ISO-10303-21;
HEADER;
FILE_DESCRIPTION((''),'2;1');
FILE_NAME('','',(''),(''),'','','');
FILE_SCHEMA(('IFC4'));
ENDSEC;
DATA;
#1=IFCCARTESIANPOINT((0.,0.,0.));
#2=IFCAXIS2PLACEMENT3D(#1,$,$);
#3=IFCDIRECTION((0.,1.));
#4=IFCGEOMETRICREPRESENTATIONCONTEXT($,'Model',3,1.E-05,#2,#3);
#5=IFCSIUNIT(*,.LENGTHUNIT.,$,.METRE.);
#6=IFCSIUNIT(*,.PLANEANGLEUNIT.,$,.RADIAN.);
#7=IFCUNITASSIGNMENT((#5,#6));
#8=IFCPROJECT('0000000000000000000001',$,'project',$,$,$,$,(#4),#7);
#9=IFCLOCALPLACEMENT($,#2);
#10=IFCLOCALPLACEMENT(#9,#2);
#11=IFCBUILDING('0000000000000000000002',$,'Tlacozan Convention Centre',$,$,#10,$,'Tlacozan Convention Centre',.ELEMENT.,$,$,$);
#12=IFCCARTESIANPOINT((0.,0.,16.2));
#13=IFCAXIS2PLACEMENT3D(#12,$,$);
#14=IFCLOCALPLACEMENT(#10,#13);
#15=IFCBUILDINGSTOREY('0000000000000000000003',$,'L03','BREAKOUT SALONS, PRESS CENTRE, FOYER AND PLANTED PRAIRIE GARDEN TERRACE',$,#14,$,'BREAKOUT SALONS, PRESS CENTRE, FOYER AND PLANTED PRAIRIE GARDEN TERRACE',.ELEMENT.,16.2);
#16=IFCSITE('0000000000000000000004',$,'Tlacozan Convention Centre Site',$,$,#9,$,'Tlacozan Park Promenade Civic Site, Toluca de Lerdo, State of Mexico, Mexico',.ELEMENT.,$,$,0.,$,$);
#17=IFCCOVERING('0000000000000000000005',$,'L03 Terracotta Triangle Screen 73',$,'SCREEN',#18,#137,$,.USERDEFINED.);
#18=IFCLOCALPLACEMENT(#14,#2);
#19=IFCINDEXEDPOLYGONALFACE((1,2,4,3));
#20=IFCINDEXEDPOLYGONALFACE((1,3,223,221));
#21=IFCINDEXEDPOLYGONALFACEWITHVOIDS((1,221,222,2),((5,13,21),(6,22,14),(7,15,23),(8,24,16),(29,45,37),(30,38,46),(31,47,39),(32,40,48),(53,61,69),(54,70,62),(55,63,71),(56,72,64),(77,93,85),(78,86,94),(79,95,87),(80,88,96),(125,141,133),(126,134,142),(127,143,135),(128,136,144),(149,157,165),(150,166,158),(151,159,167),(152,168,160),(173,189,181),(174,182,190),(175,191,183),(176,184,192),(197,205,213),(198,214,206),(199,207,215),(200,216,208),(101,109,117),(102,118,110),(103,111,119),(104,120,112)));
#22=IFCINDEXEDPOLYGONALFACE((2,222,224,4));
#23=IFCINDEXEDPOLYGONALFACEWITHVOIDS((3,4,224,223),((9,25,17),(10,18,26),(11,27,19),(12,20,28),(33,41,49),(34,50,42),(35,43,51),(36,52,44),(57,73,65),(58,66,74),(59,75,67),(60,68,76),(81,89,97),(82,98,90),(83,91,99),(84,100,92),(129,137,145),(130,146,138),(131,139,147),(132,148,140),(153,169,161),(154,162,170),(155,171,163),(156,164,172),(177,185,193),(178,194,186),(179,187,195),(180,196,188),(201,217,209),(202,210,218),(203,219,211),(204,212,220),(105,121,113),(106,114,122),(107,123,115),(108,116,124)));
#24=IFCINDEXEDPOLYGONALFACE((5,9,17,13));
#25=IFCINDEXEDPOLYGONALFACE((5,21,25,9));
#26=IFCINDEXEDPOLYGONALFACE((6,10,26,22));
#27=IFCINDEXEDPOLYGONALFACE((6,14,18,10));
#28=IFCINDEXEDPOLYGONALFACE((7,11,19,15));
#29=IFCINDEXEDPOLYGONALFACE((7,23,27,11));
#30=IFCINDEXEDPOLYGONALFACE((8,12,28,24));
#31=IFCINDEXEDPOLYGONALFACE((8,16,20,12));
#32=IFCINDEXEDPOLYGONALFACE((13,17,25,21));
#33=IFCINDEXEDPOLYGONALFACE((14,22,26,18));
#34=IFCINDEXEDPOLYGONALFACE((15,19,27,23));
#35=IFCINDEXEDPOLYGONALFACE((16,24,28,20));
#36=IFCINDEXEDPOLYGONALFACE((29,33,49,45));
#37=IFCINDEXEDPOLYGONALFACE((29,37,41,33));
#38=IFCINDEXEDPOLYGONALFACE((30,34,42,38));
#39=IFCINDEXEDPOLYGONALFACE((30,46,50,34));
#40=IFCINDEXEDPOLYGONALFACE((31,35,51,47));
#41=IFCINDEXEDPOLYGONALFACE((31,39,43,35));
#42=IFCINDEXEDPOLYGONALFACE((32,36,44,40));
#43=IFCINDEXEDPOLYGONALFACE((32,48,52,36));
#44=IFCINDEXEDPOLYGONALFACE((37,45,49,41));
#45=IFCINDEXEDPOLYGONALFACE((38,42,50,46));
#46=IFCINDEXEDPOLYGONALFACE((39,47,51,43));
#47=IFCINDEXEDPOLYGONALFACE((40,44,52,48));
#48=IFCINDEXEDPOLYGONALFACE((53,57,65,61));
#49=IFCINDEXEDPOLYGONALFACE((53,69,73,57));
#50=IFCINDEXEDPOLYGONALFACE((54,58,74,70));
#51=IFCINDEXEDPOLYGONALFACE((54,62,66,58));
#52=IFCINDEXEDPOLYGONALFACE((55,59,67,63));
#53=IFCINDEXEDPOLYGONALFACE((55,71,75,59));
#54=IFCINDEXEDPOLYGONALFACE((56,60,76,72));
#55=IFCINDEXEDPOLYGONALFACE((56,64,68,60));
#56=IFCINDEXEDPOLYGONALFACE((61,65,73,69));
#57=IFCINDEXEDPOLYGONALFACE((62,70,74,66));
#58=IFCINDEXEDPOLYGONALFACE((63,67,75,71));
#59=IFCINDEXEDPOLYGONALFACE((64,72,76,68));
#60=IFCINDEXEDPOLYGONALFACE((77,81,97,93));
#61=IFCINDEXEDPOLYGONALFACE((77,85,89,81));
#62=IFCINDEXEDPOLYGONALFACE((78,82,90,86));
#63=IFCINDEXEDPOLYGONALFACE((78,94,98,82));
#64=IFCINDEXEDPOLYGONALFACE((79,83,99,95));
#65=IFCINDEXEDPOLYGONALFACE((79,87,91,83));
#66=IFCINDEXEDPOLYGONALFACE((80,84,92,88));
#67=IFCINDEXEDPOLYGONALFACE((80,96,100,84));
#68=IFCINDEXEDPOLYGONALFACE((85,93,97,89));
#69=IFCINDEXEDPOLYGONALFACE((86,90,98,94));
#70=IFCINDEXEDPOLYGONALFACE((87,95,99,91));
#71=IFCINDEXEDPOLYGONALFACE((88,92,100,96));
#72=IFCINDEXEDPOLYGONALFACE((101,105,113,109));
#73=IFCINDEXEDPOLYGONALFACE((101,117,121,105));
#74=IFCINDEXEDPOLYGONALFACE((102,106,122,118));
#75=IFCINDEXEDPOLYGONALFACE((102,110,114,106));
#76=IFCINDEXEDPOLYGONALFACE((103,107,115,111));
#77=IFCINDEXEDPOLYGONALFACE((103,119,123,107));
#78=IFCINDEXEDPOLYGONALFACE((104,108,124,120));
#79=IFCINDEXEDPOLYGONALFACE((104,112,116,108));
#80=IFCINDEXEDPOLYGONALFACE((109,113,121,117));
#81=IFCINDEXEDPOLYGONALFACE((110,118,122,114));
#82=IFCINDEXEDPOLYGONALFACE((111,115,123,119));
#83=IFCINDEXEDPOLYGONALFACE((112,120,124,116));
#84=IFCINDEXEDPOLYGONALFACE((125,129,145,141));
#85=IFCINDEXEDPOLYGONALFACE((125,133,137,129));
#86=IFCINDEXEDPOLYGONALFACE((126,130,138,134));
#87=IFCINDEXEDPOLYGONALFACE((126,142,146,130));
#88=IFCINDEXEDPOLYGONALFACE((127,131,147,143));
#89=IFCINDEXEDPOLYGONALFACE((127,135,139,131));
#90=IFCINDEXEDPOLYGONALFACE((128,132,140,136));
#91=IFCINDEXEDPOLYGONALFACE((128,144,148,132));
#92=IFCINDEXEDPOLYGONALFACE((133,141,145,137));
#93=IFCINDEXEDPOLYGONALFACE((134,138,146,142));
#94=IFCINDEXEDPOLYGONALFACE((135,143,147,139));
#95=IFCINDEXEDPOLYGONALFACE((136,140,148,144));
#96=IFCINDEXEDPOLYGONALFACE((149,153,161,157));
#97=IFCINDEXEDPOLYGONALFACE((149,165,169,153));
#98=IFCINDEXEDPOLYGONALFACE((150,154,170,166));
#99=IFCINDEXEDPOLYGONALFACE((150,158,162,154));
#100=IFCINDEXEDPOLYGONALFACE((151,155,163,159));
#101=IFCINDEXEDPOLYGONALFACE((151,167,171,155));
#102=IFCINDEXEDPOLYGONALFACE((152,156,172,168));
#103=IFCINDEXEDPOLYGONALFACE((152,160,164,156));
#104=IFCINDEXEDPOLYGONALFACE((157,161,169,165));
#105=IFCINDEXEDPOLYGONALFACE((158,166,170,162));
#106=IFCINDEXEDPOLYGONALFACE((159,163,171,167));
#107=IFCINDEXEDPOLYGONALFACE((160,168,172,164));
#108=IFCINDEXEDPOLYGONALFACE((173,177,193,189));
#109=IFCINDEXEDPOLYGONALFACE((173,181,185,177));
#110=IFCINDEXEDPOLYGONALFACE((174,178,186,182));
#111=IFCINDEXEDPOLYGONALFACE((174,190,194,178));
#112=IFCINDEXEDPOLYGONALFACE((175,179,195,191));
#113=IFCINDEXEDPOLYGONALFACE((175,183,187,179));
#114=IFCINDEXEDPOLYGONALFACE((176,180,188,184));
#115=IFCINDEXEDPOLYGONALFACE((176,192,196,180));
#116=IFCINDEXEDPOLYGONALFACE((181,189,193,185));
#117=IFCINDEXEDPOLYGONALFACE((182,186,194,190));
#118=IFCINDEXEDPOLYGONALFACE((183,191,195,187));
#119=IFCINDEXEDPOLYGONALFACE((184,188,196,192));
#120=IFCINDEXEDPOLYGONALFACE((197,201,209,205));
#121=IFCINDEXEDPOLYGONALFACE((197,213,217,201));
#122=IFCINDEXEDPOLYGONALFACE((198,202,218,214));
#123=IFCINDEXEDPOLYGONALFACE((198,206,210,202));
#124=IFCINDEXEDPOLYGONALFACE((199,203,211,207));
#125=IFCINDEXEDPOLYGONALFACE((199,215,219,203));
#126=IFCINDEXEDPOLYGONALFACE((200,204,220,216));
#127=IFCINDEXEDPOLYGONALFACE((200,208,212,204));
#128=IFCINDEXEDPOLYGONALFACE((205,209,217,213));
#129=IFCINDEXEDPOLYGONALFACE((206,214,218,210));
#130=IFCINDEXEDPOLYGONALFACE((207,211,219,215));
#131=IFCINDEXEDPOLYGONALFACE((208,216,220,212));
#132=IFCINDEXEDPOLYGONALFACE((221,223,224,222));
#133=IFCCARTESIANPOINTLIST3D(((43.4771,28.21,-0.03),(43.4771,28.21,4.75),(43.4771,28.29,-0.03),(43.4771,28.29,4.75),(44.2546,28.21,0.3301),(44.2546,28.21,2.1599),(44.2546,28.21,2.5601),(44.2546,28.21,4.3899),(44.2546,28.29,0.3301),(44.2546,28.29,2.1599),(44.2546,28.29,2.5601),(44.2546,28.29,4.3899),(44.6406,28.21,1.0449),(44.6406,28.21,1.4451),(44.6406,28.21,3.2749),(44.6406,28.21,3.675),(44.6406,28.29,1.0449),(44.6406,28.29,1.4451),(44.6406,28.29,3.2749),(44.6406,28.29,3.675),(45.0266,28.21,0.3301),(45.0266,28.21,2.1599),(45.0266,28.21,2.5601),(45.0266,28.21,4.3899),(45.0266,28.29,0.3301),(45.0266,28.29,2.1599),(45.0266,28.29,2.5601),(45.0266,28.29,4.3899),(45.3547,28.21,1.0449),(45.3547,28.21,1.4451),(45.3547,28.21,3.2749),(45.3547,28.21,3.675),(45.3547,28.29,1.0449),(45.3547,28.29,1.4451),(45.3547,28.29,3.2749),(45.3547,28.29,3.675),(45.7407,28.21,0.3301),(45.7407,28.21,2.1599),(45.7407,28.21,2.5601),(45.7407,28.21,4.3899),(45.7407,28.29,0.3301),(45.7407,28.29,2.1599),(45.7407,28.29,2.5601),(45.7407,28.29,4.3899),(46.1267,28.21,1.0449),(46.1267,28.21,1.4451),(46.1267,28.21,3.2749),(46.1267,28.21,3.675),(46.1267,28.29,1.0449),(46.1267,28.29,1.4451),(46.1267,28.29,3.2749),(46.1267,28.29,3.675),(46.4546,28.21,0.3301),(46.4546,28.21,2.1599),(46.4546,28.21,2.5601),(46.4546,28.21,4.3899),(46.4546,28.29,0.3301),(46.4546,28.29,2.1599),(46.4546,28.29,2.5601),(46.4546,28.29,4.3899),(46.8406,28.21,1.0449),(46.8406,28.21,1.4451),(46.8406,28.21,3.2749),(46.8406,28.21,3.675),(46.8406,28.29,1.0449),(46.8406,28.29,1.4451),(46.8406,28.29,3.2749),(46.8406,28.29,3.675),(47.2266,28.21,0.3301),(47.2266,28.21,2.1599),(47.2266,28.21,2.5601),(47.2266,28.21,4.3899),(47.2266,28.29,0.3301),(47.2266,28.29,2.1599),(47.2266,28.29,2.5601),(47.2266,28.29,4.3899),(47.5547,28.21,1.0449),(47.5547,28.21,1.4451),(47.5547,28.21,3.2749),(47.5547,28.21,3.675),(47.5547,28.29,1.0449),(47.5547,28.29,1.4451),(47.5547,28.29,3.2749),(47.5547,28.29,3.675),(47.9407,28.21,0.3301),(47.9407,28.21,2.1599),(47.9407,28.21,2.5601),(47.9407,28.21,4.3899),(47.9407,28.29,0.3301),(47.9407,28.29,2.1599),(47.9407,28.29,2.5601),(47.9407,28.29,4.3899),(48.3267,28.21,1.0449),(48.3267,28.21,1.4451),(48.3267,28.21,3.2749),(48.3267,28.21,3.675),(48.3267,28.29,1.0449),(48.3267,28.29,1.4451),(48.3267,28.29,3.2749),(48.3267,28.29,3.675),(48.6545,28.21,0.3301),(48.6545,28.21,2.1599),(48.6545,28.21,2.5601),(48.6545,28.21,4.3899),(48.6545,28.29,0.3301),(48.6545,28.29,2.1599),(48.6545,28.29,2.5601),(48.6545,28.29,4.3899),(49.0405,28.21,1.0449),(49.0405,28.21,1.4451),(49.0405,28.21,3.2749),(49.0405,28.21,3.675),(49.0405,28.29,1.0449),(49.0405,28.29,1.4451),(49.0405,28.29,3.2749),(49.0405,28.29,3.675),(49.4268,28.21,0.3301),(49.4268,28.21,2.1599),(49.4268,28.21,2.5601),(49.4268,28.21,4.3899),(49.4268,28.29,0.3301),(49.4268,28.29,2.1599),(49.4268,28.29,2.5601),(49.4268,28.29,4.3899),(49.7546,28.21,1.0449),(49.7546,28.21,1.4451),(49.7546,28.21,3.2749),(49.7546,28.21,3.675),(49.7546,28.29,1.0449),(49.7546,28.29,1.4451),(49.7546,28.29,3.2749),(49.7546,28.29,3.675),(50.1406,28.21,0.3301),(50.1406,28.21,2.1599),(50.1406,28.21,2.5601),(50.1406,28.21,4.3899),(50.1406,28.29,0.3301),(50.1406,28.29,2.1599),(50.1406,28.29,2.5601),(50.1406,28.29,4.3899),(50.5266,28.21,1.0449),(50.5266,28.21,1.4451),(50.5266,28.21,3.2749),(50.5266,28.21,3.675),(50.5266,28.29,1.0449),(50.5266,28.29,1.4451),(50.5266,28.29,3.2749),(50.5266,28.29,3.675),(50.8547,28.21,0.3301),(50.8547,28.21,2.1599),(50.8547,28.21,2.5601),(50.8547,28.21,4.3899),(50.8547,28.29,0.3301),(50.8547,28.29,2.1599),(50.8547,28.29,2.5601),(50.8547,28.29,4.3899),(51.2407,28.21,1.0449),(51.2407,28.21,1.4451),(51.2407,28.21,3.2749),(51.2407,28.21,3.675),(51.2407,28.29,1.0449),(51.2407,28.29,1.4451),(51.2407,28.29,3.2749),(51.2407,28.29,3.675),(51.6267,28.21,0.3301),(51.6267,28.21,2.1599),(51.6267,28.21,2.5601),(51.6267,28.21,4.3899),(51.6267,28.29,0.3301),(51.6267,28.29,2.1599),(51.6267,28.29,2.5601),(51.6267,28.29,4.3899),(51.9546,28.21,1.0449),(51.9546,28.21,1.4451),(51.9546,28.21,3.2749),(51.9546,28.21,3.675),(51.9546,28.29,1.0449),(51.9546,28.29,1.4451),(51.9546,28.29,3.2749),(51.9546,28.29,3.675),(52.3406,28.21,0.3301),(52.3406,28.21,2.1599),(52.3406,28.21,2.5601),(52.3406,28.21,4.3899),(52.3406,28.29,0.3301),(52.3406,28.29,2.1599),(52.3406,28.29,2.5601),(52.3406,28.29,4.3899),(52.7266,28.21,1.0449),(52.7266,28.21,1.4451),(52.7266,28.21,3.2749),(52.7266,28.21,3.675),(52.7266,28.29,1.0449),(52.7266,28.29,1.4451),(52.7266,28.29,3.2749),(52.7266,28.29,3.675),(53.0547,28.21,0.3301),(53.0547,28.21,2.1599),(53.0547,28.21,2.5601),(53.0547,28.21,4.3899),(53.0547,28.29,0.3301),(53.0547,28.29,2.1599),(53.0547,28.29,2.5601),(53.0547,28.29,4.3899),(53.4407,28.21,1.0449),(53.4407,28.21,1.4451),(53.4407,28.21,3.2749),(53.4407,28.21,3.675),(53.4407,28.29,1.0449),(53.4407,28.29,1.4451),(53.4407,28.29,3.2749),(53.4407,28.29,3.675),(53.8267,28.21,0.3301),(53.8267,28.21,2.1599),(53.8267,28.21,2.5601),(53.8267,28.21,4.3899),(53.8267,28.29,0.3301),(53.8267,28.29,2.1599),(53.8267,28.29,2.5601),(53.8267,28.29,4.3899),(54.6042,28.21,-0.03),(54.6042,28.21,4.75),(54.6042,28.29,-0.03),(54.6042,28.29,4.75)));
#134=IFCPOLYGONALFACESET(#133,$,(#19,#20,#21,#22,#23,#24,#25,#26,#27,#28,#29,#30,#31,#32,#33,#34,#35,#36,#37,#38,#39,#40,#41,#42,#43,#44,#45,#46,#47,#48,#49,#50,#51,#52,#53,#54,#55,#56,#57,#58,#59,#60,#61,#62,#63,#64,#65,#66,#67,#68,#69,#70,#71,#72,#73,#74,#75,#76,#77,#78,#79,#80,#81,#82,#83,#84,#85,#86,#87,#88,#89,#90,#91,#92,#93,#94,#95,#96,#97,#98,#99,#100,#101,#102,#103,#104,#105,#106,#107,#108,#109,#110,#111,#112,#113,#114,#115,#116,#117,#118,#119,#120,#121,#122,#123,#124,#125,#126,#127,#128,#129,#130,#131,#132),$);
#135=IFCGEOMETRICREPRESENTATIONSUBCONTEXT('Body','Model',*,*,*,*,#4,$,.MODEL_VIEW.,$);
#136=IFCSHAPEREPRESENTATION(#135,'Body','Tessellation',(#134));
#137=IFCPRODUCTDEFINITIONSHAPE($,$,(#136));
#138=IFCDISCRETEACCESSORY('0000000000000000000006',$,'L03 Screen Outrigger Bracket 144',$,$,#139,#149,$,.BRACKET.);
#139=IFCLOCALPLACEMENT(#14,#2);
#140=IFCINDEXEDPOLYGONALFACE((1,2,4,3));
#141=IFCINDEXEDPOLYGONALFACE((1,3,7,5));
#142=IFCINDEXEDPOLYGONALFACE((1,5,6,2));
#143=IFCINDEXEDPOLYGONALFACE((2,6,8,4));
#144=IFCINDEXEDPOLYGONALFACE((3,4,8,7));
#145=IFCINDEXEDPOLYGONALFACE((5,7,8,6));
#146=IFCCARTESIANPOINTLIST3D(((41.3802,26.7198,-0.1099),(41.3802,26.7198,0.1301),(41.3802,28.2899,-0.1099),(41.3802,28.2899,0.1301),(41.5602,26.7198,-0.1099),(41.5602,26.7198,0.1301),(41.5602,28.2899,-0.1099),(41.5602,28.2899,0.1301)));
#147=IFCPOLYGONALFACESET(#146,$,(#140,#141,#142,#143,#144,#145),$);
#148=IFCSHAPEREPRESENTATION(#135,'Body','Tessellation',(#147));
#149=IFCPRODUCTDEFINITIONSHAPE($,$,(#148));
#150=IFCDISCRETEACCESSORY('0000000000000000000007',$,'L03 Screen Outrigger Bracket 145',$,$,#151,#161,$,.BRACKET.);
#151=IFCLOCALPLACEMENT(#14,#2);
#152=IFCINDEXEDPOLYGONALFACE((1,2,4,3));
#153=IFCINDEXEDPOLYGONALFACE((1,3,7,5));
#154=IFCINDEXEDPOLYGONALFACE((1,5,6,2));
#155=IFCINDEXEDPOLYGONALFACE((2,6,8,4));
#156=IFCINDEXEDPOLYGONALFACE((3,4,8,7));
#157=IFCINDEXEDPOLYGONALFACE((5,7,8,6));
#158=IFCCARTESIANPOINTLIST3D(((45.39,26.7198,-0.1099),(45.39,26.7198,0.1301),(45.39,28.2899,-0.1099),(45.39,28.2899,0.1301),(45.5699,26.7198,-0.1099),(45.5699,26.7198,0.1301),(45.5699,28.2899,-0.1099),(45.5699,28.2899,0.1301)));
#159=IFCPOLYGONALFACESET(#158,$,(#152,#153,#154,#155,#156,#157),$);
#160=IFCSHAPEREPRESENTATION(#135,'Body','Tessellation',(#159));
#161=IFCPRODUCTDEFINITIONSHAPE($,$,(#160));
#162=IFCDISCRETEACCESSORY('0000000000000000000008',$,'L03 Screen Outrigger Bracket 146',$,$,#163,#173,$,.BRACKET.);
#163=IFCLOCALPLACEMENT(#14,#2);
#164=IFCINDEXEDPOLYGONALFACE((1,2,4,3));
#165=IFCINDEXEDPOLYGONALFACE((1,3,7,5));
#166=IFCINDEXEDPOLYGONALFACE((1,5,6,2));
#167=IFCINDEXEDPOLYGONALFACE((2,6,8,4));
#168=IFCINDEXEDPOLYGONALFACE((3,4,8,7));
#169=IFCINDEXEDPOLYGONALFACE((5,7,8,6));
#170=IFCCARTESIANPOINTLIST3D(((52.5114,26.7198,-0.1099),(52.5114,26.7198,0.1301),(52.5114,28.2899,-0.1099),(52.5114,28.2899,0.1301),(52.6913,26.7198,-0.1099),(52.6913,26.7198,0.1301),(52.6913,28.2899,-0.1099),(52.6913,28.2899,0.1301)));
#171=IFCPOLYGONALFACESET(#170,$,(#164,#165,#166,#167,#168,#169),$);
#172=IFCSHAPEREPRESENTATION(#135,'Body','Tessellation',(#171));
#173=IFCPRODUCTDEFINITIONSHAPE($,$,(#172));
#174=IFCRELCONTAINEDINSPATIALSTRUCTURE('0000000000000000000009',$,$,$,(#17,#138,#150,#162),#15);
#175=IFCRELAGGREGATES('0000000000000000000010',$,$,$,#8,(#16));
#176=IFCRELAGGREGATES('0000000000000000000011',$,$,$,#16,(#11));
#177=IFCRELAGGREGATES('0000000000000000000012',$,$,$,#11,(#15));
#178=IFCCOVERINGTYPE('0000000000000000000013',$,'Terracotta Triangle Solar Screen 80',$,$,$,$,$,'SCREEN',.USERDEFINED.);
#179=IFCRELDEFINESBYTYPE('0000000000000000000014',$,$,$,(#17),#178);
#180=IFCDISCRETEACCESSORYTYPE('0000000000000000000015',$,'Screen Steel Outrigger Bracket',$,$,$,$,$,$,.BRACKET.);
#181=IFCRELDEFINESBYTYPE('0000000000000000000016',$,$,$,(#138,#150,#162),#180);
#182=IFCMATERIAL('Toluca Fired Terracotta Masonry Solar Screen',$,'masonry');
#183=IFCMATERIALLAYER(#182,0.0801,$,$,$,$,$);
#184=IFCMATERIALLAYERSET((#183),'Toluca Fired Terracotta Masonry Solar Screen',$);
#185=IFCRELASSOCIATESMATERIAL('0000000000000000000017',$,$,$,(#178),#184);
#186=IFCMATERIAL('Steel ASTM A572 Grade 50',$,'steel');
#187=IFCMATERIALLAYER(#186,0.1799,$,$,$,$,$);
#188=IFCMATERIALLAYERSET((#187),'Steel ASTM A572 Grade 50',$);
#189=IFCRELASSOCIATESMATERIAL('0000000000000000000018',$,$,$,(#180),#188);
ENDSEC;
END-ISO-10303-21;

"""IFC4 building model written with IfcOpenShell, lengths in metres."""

from ifc_helpers import new_model, si_unit, direction, frame, origin, origin_2d, place, context, subcontext, project, spatial, polyline, rectangle, outline, extrude, material, layer, layer_set, type_object, element, save


model = new_model("IFC4")

# Units and contexts
model_context = context("Model", 3, precision=1e-05, world=origin(), true_north=direction((0.0, 1.0)))
body_context = subcontext(model_context, "Body", "Model", "MODEL_VIEW")
ifc_project = project(units=[si_unit("LENGTHUNIT", "METRE"), si_unit("PLANEANGLEUNIT", "RADIAN")], contexts=[model_context])

# Site, building, storey
site_placement = place(None, origin())
site = spatial("IfcSite", under=ifc_project, at=site_placement, Name="Tlacozan Convention Centre Site", LongName="Tlacozan Park Promenade Civic Site, Toluca de Lerdo, State of Mexico, Mexico", CompositionType="ELEMENT", RefElevation=0.0)
building_placement = place(site_placement, origin())
building = spatial("IfcBuilding", under=site, at=building_placement, Name="Tlacozan Convention Centre", LongName="Tlacozan Convention Centre", CompositionType="ELEMENT")
storey_placement = place(building_placement, frame((0.0, 0.0, 16.2)))
storey = spatial("IfcBuildingStorey", under=building, at=storey_placement, Name="L03", Description="BREAKOUT SALONS, PRESS CENTRE, FOYER AND PLANTED PRAIRIE GARDEN TERRACE", LongName="BREAKOUT SALONS, PRESS CENTRE, FOYER AND PLANTED PRAIRIE GARDEN TERRACE", CompositionType="ELEMENT", Elevation=16.2)

# Covering
ifc_material_1 = material(Name="Toluca Fired Terracotta Masonry Solar Screen", Category="masonry")
ifc_layer_1 = layer(ifc_material_1, 0.0801)
ifc_layer_set_1 = layer_set([ifc_layer_1], Name="Toluca Fired Terracotta Masonry Solar Screen")
covering_type = type_object("IfcCoveringType", Name="Terracotta Triangle Solar Screen 80", ElementType="SCREEN", PredefinedType="USERDEFINED", material=ifc_layer_set_1)
covering_placement = place(storey_placement, frame((43.4771, 28.25, -0.03), z_axis=(0.0, 0.0, 1.0), x_axis=(1.0, 0.0, 0.0)))
element("IfcCovering", 1, at=covering_placement, inside=storey, type_object=covering_type, Name="L03 Terracotta Triangle Screen 73", ObjectType="SCREEN", PredefinedType="USERDEFINED", context=body_context, shape_type="SweptSolid", body=[
    extrude(outline(polyline([(0.0, 0.0), (11.1272, 0.0), (11.1272, 4.78), (0.0, 4.78), (0.0, 0.0)]), holes=[polyline([(0.7776, 0.3601), (1.5496, 0.3601), (1.1636, 1.075), (0.7776, 0.3601)]), polyline([(1.8777, 1.075), (2.6497, 1.075), (2.2637, 0.3601), (1.8777, 1.075)]), polyline([(2.9775, 0.3601), (3.7495, 0.3601), (3.3635, 1.075), (2.9775, 0.3601)]), polyline([(4.0776, 1.075), (4.8496, 1.075), (4.4636, 0.3601), (4.0776, 1.075)]), polyline([(5.1775, 0.3601), (5.9497, 0.3601), (5.5635, 1.075), (5.1775, 0.3601)]), polyline([(6.2776, 1.075), (7.0496, 1.075), (6.6636, 0.3601), (6.2776, 1.075)]), polyline([(7.3777, 0.3601), (8.1497, 0.3601), (7.7637, 1.075), (7.3777, 0.3601)]), polyline([(8.4775, 1.075), (9.2495, 1.075), (8.8635, 0.3601), (8.4775, 1.075)]), polyline([(9.5776, 0.3601), (10.3496, 0.3601), (9.9636, 1.075), (9.5776, 0.3601)]), polyline([(0.7776, 2.1899), (1.5496, 2.1899), (1.1636, 1.4751), (0.7776, 2.1899)]), polyline([(1.8777, 1.4751), (2.6497, 1.4751), (2.2637, 2.1899), (1.8777, 1.4751)]), polyline([(2.9775, 2.1899), (3.7495, 2.1899), (3.3635, 1.4751), (2.9775, 2.1899)]), polyline([(4.0776, 1.4751), (4.8496, 1.4751), (4.4636, 2.1899), (4.0776, 1.4751)]), polyline([(5.1775, 2.1899), (5.9497, 2.1899), (5.5635, 1.4751), (5.1775, 2.1899)]), polyline([(6.2776, 1.4751), (7.0496, 1.4751), (6.6636, 2.1899), (6.2776, 1.4751)]), polyline([(7.3777, 2.1899), (8.1497, 2.1899), (7.7637, 1.4751), (7.3777, 2.1899)]), polyline([(8.4775, 1.4751), (9.2495, 1.4751), (8.8635, 2.1899), (8.4775, 1.4751)]), polyline([(9.5776, 2.1899), (10.3496, 2.1899), (9.9636, 1.4751), (9.5776, 2.1899)]), polyline([(0.7776, 2.5901), (1.5496, 2.5901), (1.1636, 3.3049), (0.7776, 2.5901)]), polyline([(1.8777, 3.3049), (2.6497, 3.3049), (2.2637, 2.5901), (1.8777, 3.3049)]), polyline([(2.9775, 2.5901), (3.7495, 2.5901), (3.3635, 3.3049), (2.9775, 2.5901)]), polyline([(4.0776, 3.3049), (4.8496, 3.3049), (4.4636, 2.5901), (4.0776, 3.3049)]), polyline([(5.1775, 2.5901), (5.9497, 2.5901), (5.5635, 3.3049), (5.1775, 2.5901)]), polyline([(6.2776, 3.3049), (7.0496, 3.3049), (6.6636, 2.5901), (6.2776, 3.3049)]), polyline([(7.3777, 2.5901), (8.1497, 2.5901), (7.7637, 3.3049), (7.3777, 2.5901)]), polyline([(8.4775, 3.3049), (9.2495, 3.3049), (8.8635, 2.5901), (8.4775, 3.3049)]), polyline([(9.5776, 2.5901), (10.3496, 2.5901), (9.9636, 3.3049), (9.5776, 2.5901)]), polyline([(0.7776, 4.4199), (1.5496, 4.4199), (1.1636, 3.7051), (0.7776, 4.4199)]), polyline([(1.8777, 3.7051), (2.6497, 3.7051), (2.2637, 4.4199), (1.8777, 3.7051)]), polyline([(2.9775, 4.4199), (3.7495, 4.4199), (3.3635, 3.7051), (2.9775, 4.4199)]), polyline([(4.0776, 3.7051), (4.8496, 3.7051), (4.4636, 4.4199), (4.0776, 3.7051)]), polyline([(5.1775, 4.4199), (5.9497, 4.4199), (5.5635, 3.7051), (5.1775, 4.4199)]), polyline([(6.2776, 3.7051), (7.0496, 3.7051), (6.6636, 4.4199), (6.2776, 3.7051)]), polyline([(7.3777, 4.4199), (8.1497, 4.4199), (7.7637, 3.7051), (7.3777, 4.4199)]), polyline([(8.4775, 3.7051), (9.2495, 3.7051), (8.8635, 4.4199), (8.4775, 3.7051)]), polyline([(9.5776, 4.4199), (10.3496, 4.4199), (9.9636, 3.7051), (9.5776, 4.4199)])]), frame((0.0, 0.04, 0.0), z_axis=(0.0, -1.0, 0.0), x_axis=(1.0, 0.0, 0.0)), (0.0, 0.0, 1.0), 0.0801),
])

# Discrete accessories
ifc_material_2 = material(Name="Steel ASTM A572 Grade 50", Category="steel")
ifc_layer_2 = layer(ifc_material_2, 0.1799)
ifc_layer_set_2 = layer_set([ifc_layer_2], Name="Steel ASTM A572 Grade 50")
discrete_accessory_type = type_object("IfcDiscreteAccessoryType", Name="Screen Steel Outrigger Bracket", PredefinedType="BRACKET", material=ifc_layer_set_2)
for number, where, z_axis, x_axis, name in (
    (2, (41.4702, 27.5049, -0.1099), (0.0, 0.0, 1.0), (0.0, -1.0, 0.0), "L03 Screen Outrigger Bracket 144"),
    (3, (45.48, 27.5049, -0.1099), (0.0, 0.0, 1.0), (0.0, -1.0, 0.0), "L03 Screen Outrigger Bracket 145"),
    (4, (52.6013, 27.5049, -0.1099), (0.0, 0.0, 1.0), (0.0, -1.0, 0.0), "L03 Screen Outrigger Bracket 146"),
):
    element("IfcDiscreteAccessory", number, at=place(storey_placement, frame(where, z_axis=z_axis, x_axis=x_axis)), inside=storey, type_object=discrete_accessory_type, Name=name, PredefinedType="BRACKET", context=body_context, shape_type="SweptSolid", body=[
        extrude(rectangle(XDim=1.5701, YDim=0.1799, at=origin_2d()), origin(), (0.0, 0.0, 1.0), 0.24),
    ])

save(model, "model.ifc")
